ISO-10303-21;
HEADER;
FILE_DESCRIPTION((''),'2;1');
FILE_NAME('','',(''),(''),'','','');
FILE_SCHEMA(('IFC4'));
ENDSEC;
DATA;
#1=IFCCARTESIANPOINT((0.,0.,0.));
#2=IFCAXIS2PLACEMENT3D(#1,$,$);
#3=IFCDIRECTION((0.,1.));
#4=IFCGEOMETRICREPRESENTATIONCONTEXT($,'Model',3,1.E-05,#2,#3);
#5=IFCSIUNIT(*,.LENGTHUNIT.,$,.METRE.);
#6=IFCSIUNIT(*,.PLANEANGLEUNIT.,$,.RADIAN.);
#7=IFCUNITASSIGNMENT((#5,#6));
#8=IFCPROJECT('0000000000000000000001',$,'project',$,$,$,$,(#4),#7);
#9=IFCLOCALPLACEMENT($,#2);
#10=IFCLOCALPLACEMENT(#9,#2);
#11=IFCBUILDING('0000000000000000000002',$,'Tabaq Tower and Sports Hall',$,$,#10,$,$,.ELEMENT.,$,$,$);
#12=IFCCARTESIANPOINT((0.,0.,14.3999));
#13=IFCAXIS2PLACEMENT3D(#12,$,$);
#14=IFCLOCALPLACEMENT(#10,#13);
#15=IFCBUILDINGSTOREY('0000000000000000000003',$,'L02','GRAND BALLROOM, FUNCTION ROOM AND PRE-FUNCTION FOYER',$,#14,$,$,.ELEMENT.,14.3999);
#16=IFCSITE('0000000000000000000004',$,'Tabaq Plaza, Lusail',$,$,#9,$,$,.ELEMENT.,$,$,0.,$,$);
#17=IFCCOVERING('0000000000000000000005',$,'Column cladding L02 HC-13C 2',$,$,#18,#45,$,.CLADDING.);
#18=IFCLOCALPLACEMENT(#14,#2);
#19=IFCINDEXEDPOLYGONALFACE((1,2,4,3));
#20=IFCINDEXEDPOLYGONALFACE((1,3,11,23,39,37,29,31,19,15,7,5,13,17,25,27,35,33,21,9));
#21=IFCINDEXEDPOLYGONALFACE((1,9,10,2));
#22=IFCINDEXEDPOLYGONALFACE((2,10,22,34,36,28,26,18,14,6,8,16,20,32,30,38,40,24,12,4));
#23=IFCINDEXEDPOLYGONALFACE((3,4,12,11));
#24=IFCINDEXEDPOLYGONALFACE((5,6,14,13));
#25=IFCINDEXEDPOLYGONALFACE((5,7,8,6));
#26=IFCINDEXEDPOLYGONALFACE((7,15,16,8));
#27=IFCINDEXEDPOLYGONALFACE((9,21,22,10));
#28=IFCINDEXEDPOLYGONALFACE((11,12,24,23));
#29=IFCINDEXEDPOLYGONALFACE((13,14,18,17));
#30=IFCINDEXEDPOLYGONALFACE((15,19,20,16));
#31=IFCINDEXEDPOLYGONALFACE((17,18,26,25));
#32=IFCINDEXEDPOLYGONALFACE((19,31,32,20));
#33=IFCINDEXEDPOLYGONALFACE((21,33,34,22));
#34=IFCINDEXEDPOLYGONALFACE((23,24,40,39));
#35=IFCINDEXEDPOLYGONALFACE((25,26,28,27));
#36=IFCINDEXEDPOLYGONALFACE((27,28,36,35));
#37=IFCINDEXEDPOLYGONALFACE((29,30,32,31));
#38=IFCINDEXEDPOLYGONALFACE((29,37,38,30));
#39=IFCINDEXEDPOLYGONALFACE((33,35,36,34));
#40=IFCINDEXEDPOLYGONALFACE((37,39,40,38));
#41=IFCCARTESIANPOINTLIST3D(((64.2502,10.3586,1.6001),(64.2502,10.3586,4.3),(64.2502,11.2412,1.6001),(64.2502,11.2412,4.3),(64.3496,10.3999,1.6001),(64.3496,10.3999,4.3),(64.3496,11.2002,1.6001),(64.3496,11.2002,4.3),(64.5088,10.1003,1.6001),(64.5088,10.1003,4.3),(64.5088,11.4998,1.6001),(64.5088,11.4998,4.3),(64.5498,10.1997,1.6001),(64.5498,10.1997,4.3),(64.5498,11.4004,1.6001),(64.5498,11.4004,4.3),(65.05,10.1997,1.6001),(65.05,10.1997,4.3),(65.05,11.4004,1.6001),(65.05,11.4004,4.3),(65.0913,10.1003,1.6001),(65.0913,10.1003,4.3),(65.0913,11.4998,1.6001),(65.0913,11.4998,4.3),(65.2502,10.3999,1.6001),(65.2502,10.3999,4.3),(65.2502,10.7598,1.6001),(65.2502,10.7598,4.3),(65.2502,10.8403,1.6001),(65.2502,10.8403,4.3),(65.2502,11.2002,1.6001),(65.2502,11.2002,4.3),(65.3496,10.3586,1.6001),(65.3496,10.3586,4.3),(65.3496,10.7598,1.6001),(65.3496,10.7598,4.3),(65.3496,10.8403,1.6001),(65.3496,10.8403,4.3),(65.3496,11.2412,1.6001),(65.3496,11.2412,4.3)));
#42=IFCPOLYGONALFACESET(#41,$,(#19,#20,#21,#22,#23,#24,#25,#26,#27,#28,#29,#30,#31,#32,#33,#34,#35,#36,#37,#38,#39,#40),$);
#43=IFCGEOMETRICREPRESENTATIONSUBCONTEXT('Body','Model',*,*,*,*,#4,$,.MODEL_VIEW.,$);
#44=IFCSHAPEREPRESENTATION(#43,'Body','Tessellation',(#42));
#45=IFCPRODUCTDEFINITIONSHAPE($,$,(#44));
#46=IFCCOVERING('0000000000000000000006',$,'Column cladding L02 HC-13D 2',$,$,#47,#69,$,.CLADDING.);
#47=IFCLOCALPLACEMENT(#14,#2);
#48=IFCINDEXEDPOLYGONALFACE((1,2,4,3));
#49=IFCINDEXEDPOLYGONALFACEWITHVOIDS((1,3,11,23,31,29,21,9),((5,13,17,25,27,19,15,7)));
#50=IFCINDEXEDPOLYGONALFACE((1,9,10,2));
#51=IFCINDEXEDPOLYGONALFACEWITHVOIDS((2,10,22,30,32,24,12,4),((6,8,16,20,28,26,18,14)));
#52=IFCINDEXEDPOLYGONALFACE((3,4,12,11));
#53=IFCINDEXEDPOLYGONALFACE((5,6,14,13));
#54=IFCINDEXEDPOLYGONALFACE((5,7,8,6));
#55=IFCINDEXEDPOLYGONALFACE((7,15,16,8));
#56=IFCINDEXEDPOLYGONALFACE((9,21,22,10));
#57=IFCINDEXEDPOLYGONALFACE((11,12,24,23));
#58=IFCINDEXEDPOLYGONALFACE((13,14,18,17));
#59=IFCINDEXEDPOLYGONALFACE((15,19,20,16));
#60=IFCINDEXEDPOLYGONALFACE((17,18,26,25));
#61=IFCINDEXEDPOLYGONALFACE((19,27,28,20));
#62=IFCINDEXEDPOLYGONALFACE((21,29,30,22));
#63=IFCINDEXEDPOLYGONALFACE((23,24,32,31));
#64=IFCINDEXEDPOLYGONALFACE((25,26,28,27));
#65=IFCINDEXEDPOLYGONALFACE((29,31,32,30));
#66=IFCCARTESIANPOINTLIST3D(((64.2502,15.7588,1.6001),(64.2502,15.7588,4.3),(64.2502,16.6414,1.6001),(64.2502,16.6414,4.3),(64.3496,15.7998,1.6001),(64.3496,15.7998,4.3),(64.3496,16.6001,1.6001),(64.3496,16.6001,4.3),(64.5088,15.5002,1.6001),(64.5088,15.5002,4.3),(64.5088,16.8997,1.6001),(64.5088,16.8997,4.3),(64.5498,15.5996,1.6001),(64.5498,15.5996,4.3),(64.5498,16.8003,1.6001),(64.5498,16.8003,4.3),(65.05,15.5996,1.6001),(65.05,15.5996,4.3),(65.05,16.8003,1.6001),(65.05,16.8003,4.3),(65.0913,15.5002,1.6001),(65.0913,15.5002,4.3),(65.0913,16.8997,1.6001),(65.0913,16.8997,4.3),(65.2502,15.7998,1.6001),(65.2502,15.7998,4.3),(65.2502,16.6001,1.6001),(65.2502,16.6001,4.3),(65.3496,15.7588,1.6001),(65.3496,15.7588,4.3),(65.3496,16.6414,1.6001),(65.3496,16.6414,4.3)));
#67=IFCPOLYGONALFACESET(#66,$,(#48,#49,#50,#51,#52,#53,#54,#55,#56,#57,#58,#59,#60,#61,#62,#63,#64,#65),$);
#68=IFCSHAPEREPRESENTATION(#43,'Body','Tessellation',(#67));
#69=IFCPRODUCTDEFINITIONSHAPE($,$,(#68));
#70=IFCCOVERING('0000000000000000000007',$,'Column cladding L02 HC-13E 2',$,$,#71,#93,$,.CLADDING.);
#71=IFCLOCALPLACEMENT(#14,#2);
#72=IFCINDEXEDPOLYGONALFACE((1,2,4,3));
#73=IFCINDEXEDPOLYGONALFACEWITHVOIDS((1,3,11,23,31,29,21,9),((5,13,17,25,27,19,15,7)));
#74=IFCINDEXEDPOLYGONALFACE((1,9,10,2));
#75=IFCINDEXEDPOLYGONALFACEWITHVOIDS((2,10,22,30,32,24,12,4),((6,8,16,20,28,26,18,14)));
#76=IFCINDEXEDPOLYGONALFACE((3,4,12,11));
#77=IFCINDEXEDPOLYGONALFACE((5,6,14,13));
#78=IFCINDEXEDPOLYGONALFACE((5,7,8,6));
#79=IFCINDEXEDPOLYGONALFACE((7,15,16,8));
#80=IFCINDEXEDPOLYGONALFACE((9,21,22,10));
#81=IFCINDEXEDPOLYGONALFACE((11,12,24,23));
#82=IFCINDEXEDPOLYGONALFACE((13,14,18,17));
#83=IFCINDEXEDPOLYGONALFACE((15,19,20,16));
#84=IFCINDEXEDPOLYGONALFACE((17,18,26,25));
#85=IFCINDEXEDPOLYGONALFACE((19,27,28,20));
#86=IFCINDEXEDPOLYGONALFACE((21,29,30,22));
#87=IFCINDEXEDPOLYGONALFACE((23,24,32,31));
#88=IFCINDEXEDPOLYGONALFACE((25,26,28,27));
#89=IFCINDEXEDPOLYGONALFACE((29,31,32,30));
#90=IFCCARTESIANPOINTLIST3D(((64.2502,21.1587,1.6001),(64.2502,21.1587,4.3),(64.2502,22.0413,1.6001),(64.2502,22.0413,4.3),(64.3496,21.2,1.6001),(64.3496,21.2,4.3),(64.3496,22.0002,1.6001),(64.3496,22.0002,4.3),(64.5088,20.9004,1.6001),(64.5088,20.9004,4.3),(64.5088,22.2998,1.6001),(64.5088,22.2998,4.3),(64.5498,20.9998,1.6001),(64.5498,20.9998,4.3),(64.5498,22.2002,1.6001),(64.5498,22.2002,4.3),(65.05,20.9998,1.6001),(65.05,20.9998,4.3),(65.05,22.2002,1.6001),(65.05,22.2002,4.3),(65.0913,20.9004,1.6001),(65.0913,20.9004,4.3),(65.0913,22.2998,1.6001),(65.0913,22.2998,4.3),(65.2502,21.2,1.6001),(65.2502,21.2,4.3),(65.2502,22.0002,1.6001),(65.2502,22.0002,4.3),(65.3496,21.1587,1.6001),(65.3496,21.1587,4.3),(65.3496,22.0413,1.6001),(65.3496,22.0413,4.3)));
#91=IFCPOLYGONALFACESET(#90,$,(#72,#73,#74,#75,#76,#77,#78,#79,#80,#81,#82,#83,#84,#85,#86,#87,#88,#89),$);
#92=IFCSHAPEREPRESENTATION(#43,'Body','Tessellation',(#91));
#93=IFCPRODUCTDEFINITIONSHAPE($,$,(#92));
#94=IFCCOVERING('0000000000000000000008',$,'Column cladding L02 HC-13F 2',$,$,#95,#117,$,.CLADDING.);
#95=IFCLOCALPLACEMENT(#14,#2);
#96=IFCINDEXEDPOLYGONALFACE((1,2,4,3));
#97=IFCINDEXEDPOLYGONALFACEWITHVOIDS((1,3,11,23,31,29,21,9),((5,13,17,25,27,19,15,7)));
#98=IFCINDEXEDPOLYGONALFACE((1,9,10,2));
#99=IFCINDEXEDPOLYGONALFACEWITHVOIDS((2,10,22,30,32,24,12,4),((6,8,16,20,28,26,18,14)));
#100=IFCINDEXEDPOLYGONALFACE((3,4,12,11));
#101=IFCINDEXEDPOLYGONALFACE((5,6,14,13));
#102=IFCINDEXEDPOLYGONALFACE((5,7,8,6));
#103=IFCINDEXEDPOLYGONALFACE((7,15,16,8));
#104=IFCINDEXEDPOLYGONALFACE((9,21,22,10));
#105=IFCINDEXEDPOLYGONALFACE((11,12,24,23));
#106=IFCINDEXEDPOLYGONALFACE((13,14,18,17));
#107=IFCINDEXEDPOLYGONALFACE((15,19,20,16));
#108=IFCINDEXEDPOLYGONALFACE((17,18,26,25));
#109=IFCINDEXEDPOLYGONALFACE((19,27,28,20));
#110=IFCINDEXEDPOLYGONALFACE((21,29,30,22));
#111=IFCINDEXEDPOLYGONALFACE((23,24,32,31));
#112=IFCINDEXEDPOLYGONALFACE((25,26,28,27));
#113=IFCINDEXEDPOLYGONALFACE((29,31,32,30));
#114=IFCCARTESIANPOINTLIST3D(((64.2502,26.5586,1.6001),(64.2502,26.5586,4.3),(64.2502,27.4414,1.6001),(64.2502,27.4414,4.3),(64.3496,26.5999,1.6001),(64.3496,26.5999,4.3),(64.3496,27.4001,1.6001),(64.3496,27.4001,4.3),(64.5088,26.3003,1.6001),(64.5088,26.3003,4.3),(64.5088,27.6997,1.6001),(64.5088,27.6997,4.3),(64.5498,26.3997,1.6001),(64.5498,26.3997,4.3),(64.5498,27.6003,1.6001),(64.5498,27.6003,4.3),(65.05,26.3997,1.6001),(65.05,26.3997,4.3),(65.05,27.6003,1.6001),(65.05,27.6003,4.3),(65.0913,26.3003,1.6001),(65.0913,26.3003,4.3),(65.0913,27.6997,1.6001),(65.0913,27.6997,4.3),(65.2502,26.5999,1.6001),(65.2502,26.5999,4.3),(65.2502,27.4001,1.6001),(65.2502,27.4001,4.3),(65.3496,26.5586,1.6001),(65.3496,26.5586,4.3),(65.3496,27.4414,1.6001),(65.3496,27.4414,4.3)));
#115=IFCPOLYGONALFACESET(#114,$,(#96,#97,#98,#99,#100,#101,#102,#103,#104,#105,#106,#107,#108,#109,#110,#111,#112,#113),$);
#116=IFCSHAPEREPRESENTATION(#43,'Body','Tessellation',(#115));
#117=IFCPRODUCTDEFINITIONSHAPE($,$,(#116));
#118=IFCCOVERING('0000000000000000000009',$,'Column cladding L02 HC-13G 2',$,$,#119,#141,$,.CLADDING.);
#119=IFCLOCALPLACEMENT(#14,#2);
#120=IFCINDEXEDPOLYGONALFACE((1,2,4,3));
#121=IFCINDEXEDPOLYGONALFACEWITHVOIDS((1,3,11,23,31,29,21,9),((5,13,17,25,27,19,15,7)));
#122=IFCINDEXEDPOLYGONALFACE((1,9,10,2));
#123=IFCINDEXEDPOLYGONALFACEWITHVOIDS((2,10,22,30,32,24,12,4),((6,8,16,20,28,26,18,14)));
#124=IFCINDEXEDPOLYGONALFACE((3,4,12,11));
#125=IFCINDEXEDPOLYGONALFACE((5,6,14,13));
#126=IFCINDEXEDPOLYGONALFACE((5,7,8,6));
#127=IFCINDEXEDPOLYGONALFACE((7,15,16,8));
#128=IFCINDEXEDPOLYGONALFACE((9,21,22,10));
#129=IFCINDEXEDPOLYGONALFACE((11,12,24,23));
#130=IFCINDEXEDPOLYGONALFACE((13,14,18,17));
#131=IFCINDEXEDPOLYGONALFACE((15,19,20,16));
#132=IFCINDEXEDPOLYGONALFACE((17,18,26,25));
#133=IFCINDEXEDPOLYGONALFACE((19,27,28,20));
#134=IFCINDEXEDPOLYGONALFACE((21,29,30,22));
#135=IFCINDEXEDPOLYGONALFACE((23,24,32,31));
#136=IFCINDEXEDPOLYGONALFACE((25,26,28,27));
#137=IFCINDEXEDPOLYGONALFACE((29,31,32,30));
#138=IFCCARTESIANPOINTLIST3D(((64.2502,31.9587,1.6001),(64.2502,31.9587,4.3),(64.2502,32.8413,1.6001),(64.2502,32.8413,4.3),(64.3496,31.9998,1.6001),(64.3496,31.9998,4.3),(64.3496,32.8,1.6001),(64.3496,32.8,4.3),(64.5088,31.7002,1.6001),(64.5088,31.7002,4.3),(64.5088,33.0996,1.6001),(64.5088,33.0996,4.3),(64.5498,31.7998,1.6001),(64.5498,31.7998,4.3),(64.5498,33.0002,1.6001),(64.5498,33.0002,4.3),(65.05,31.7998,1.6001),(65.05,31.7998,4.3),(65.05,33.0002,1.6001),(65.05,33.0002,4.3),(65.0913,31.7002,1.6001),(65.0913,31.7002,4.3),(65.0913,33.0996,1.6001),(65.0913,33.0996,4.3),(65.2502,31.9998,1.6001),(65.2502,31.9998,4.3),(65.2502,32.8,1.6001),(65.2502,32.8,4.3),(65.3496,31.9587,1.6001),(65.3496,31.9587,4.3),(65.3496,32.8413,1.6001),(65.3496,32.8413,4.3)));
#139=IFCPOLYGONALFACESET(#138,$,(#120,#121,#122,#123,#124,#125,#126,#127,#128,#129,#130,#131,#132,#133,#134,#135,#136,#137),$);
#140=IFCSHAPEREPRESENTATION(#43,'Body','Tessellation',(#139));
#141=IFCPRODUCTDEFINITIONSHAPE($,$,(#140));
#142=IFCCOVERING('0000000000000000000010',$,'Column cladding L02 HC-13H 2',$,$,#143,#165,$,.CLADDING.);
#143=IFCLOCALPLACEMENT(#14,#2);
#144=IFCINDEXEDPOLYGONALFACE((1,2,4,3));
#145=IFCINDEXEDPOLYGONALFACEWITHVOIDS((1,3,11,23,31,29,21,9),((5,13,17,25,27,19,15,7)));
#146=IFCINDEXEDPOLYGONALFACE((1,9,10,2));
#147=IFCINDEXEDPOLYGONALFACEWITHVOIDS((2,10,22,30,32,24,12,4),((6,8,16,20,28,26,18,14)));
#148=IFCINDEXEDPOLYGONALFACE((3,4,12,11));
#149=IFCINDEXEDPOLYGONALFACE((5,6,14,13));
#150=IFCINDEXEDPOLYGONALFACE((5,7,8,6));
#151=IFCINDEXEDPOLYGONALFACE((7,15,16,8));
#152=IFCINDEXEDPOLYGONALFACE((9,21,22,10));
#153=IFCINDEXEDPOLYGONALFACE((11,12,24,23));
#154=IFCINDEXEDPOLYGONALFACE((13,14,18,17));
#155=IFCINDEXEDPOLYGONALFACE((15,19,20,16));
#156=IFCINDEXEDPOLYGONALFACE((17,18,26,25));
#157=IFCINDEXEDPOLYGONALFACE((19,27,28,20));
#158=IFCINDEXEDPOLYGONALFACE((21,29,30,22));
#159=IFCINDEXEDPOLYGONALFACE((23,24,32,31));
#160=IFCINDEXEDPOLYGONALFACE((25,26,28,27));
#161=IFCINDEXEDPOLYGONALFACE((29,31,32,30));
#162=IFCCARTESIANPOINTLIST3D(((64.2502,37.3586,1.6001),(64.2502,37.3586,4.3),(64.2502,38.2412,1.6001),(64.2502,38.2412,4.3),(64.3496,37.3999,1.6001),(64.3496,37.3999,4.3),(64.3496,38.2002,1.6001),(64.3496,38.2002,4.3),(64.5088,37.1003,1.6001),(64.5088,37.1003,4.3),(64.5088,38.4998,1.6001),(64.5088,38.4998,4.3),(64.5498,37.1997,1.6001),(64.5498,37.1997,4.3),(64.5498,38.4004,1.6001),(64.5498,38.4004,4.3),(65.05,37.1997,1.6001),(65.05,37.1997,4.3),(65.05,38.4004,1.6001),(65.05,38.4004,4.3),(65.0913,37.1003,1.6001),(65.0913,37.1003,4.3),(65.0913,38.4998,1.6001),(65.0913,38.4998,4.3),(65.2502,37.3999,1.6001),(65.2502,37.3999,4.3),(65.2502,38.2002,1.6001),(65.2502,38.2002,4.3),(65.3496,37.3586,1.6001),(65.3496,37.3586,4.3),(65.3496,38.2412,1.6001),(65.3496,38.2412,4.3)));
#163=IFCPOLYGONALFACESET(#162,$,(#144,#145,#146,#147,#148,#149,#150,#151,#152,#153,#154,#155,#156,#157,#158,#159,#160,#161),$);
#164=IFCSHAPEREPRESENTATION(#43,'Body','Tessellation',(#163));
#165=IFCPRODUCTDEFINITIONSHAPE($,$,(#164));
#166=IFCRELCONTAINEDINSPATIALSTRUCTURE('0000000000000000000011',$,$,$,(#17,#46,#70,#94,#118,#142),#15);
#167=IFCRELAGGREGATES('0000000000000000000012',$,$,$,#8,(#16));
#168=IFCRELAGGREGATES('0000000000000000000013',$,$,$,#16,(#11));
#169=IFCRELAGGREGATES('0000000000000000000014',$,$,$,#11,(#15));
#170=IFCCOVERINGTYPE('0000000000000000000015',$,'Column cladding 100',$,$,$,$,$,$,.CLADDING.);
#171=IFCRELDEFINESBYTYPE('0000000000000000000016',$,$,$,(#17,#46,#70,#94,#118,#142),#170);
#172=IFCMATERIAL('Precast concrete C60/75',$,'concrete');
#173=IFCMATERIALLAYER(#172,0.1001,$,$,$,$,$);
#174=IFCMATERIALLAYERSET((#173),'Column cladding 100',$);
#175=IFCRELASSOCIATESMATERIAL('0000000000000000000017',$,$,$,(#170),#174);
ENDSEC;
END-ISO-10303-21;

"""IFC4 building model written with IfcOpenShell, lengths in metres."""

from ifc_helpers import new_model, si_unit, direction, frame, origin, place, context, subcontext, project, spatial, polyline, outline, extrude, material, layer, layer_set, type_object, element, save


model = new_model("IFC4")

# Units and contexts
model_context = context("Model", 3, precision=1e-05, world=origin(), true_north=direction((0.0, 1.0)))
body_context = subcontext(model_context, "Body", "Model", "MODEL_VIEW")
ifc_project = project(units=[si_unit("LENGTHUNIT", "METRE"), si_unit("PLANEANGLEUNIT", "RADIAN")], contexts=[model_context])

# Site, building, storey
site_placement = place(None, origin())
site = spatial("IfcSite", under=ifc_project, at=site_placement, Name="Tabaq Plaza, Lusail", CompositionType="ELEMENT", RefElevation=0.0)
building_placement = place(site_placement, origin())
building = spatial("IfcBuilding", under=site, at=building_placement, Name="Tabaq Tower and Sports Hall", CompositionType="ELEMENT")
storey_placement = place(building_placement, frame((0.0, 0.0, 14.3999)))
storey = spatial("IfcBuildingStorey", under=building, at=storey_placement, Name="L02", Description="GRAND BALLROOM, FUNCTION ROOM AND PRE-FUNCTION FOYER", CompositionType="ELEMENT", Elevation=14.3999)

# Coverings
ifc_material = material(Name="Precast concrete C60/75", Category="concrete")
ifc_layer = layer(ifc_material, 0.1001)
ifc_layer_set = layer_set([ifc_layer], Name="Column cladding 100")
covering_type = type_object("IfcCoveringType", Name="Column cladding 100", PredefinedType="CLADDING", material=ifc_layer_set)
covering_1_placement = place(storey_placement, frame((0.0, 0.0, 1.6001)))
element("IfcCovering", 1, at=covering_1_placement, inside=storey, type_object=covering_type, Name="Column cladding L02 HC-13C 2", PredefinedType="CLADDING", context=body_context, shape_type="SweptSolid", body=[
    extrude(outline(polyline([(64.5088, 10.1003), (64.2502, 10.3586), (64.2502, 11.2412), (64.5088, 11.4998), (65.0913, 11.4998), (65.3496, 11.2412), (65.3496, 10.8403), (65.2502, 10.8403), (65.2502, 11.2002), (65.05, 11.4004), (64.5498, 11.4004), (64.3496, 11.2002), (64.3496, 10.3999), (64.5498, 10.1997), (65.05, 10.1997), (65.2502, 10.3999), (65.2502, 10.7598), (65.3496, 10.7598), (65.3496, 10.3586), (65.0913, 10.1003), (64.5088, 10.1003)])), origin(), (0.0, 0.0, 1.0), 2.7),
])
covering_2_placement = place(storey_placement, frame((0.0, 0.0, 1.6001)))
element("IfcCovering", 2, at=covering_2_placement, inside=storey, type_object=covering_type, Name="Column cladding L02 HC-13D 2", PredefinedType="CLADDING", context=body_context, shape_type="SweptSolid", body=[
    extrude(outline(polyline([(65.0913, 15.5002), (64.5088, 15.5002), (64.2502, 15.7588), (64.2502, 16.6414), (64.5088, 16.8997), (65.0913, 16.8997), (65.3496, 16.6414), (65.3496, 15.7588), (65.0913, 15.5002)]), holes=[polyline([(65.2502, 16.6001), (65.05, 16.8003), (64.5498, 16.8003), (64.3496, 16.6001), (64.3496, 15.7998), (64.5498, 15.5996), (65.05, 15.5996), (65.2502, 15.7998), (65.2502, 16.6001)])]), origin(), (0.0, 0.0, 1.0), 2.7),
])
covering_3_placement = place(storey_placement, frame((0.0, 0.0, 1.6001)))
element("IfcCovering", 3, at=covering_3_placement, inside=storey, type_object=covering_type, Name="Column cladding L02 HC-13E 2", PredefinedType="CLADDING", context=body_context, shape_type="SweptSolid", body=[
    extrude(outline(polyline([(65.0913, 20.9004), (64.5088, 20.9004), (64.2502, 21.1587), (64.2502, 22.0413), (64.5088, 22.2998), (65.0913, 22.2998), (65.3496, 22.0413), (65.3496, 21.1587), (65.0913, 20.9004)]), holes=[polyline([(65.2502, 22.0002), (65.05, 22.2002), (64.5498, 22.2002), (64.3496, 22.0002), (64.3496, 21.2), (64.5498, 20.9998), (65.05, 20.9998), (65.2502, 21.2), (65.2502, 22.0002)])]), origin(), (0.0, 0.0, 1.0), 2.7),
])
covering_4_placement = place(storey_placement, frame((0.0, 0.0, 1.6001)))
element("IfcCovering", 4, at=covering_4_placement, inside=storey, type_object=covering_type, Name="Column cladding L02 HC-13F 2", PredefinedType="CLADDING", context=body_context, shape_type="SweptSolid", body=[
    extrude(outline(polyline([(65.0913, 26.3003), (64.5088, 26.3003), (64.2502, 26.5586), (64.2502, 27.4414), (64.5088, 27.6997), (65.0913, 27.6997), (65.3496, 27.4414), (65.3496, 26.5586), (65.0913, 26.3003)]), holes=[polyline([(65.2502, 27.4001), (65.05, 27.6003), (64.5498, 27.6003), (64.3496, 27.4001), (64.3496, 26.5999), (64.5498, 26.3997), (65.05, 26.3997), (65.2502, 26.5999), (65.2502, 27.4001)])]), origin(), (0.0, 0.0, 1.0), 2.7),
])
covering_5_placement = place(storey_placement, frame((0.0, 0.0, 1.6001)))
element("IfcCovering", 5, at=covering_5_placement, inside=storey, type_object=covering_type, Name="Column cladding L02 HC-13G 2", PredefinedType="CLADDING", context=body_context, shape_type="SweptSolid", body=[
    extrude(outline(polyline([(65.0913, 31.7002), (64.5088, 31.7002), (64.2502, 31.9587), (64.2502, 32.8413), (64.5088, 33.0996), (65.0913, 33.0996), (65.3496, 32.8413), (65.3496, 31.9587), (65.0913, 31.7002)]), holes=[polyline([(65.2502, 32.8), (65.05, 33.0002), (64.5498, 33.0002), (64.3496, 32.8), (64.3496, 31.9998), (64.5498, 31.7998), (65.05, 31.7998), (65.2502, 31.9998), (65.2502, 32.8)])]), origin(), (0.0, 0.0, 1.0), 2.7),
])
covering_6_placement = place(storey_placement, frame((0.0, 0.0, 1.6001)))
element("IfcCovering", 6, at=covering_6_placement, inside=storey, type_object=covering_type, Name="Column cladding L02 HC-13H 2", PredefinedType="CLADDING", context=body_context, shape_type="SweptSolid", body=[
    extrude(outline(polyline([(65.0913, 37.1003), (64.5088, 37.1003), (64.2502, 37.3586), (64.2502, 38.2412), (64.5088, 38.4998), (65.0913, 38.4998), (65.3496, 38.2412), (65.3496, 37.3586), (65.0913, 37.1003)]), holes=[polyline([(65.2502, 38.2002), (65.05, 38.4004), (64.5498, 38.4004), (64.3496, 38.2002), (64.3496, 37.3999), (64.5498, 37.1997), (65.05, 37.1997), (65.2502, 37.3999), (65.2502, 38.2002)])]), origin(), (0.0, 0.0, 1.0), 2.7),
])

save(model, "model.ifc")
